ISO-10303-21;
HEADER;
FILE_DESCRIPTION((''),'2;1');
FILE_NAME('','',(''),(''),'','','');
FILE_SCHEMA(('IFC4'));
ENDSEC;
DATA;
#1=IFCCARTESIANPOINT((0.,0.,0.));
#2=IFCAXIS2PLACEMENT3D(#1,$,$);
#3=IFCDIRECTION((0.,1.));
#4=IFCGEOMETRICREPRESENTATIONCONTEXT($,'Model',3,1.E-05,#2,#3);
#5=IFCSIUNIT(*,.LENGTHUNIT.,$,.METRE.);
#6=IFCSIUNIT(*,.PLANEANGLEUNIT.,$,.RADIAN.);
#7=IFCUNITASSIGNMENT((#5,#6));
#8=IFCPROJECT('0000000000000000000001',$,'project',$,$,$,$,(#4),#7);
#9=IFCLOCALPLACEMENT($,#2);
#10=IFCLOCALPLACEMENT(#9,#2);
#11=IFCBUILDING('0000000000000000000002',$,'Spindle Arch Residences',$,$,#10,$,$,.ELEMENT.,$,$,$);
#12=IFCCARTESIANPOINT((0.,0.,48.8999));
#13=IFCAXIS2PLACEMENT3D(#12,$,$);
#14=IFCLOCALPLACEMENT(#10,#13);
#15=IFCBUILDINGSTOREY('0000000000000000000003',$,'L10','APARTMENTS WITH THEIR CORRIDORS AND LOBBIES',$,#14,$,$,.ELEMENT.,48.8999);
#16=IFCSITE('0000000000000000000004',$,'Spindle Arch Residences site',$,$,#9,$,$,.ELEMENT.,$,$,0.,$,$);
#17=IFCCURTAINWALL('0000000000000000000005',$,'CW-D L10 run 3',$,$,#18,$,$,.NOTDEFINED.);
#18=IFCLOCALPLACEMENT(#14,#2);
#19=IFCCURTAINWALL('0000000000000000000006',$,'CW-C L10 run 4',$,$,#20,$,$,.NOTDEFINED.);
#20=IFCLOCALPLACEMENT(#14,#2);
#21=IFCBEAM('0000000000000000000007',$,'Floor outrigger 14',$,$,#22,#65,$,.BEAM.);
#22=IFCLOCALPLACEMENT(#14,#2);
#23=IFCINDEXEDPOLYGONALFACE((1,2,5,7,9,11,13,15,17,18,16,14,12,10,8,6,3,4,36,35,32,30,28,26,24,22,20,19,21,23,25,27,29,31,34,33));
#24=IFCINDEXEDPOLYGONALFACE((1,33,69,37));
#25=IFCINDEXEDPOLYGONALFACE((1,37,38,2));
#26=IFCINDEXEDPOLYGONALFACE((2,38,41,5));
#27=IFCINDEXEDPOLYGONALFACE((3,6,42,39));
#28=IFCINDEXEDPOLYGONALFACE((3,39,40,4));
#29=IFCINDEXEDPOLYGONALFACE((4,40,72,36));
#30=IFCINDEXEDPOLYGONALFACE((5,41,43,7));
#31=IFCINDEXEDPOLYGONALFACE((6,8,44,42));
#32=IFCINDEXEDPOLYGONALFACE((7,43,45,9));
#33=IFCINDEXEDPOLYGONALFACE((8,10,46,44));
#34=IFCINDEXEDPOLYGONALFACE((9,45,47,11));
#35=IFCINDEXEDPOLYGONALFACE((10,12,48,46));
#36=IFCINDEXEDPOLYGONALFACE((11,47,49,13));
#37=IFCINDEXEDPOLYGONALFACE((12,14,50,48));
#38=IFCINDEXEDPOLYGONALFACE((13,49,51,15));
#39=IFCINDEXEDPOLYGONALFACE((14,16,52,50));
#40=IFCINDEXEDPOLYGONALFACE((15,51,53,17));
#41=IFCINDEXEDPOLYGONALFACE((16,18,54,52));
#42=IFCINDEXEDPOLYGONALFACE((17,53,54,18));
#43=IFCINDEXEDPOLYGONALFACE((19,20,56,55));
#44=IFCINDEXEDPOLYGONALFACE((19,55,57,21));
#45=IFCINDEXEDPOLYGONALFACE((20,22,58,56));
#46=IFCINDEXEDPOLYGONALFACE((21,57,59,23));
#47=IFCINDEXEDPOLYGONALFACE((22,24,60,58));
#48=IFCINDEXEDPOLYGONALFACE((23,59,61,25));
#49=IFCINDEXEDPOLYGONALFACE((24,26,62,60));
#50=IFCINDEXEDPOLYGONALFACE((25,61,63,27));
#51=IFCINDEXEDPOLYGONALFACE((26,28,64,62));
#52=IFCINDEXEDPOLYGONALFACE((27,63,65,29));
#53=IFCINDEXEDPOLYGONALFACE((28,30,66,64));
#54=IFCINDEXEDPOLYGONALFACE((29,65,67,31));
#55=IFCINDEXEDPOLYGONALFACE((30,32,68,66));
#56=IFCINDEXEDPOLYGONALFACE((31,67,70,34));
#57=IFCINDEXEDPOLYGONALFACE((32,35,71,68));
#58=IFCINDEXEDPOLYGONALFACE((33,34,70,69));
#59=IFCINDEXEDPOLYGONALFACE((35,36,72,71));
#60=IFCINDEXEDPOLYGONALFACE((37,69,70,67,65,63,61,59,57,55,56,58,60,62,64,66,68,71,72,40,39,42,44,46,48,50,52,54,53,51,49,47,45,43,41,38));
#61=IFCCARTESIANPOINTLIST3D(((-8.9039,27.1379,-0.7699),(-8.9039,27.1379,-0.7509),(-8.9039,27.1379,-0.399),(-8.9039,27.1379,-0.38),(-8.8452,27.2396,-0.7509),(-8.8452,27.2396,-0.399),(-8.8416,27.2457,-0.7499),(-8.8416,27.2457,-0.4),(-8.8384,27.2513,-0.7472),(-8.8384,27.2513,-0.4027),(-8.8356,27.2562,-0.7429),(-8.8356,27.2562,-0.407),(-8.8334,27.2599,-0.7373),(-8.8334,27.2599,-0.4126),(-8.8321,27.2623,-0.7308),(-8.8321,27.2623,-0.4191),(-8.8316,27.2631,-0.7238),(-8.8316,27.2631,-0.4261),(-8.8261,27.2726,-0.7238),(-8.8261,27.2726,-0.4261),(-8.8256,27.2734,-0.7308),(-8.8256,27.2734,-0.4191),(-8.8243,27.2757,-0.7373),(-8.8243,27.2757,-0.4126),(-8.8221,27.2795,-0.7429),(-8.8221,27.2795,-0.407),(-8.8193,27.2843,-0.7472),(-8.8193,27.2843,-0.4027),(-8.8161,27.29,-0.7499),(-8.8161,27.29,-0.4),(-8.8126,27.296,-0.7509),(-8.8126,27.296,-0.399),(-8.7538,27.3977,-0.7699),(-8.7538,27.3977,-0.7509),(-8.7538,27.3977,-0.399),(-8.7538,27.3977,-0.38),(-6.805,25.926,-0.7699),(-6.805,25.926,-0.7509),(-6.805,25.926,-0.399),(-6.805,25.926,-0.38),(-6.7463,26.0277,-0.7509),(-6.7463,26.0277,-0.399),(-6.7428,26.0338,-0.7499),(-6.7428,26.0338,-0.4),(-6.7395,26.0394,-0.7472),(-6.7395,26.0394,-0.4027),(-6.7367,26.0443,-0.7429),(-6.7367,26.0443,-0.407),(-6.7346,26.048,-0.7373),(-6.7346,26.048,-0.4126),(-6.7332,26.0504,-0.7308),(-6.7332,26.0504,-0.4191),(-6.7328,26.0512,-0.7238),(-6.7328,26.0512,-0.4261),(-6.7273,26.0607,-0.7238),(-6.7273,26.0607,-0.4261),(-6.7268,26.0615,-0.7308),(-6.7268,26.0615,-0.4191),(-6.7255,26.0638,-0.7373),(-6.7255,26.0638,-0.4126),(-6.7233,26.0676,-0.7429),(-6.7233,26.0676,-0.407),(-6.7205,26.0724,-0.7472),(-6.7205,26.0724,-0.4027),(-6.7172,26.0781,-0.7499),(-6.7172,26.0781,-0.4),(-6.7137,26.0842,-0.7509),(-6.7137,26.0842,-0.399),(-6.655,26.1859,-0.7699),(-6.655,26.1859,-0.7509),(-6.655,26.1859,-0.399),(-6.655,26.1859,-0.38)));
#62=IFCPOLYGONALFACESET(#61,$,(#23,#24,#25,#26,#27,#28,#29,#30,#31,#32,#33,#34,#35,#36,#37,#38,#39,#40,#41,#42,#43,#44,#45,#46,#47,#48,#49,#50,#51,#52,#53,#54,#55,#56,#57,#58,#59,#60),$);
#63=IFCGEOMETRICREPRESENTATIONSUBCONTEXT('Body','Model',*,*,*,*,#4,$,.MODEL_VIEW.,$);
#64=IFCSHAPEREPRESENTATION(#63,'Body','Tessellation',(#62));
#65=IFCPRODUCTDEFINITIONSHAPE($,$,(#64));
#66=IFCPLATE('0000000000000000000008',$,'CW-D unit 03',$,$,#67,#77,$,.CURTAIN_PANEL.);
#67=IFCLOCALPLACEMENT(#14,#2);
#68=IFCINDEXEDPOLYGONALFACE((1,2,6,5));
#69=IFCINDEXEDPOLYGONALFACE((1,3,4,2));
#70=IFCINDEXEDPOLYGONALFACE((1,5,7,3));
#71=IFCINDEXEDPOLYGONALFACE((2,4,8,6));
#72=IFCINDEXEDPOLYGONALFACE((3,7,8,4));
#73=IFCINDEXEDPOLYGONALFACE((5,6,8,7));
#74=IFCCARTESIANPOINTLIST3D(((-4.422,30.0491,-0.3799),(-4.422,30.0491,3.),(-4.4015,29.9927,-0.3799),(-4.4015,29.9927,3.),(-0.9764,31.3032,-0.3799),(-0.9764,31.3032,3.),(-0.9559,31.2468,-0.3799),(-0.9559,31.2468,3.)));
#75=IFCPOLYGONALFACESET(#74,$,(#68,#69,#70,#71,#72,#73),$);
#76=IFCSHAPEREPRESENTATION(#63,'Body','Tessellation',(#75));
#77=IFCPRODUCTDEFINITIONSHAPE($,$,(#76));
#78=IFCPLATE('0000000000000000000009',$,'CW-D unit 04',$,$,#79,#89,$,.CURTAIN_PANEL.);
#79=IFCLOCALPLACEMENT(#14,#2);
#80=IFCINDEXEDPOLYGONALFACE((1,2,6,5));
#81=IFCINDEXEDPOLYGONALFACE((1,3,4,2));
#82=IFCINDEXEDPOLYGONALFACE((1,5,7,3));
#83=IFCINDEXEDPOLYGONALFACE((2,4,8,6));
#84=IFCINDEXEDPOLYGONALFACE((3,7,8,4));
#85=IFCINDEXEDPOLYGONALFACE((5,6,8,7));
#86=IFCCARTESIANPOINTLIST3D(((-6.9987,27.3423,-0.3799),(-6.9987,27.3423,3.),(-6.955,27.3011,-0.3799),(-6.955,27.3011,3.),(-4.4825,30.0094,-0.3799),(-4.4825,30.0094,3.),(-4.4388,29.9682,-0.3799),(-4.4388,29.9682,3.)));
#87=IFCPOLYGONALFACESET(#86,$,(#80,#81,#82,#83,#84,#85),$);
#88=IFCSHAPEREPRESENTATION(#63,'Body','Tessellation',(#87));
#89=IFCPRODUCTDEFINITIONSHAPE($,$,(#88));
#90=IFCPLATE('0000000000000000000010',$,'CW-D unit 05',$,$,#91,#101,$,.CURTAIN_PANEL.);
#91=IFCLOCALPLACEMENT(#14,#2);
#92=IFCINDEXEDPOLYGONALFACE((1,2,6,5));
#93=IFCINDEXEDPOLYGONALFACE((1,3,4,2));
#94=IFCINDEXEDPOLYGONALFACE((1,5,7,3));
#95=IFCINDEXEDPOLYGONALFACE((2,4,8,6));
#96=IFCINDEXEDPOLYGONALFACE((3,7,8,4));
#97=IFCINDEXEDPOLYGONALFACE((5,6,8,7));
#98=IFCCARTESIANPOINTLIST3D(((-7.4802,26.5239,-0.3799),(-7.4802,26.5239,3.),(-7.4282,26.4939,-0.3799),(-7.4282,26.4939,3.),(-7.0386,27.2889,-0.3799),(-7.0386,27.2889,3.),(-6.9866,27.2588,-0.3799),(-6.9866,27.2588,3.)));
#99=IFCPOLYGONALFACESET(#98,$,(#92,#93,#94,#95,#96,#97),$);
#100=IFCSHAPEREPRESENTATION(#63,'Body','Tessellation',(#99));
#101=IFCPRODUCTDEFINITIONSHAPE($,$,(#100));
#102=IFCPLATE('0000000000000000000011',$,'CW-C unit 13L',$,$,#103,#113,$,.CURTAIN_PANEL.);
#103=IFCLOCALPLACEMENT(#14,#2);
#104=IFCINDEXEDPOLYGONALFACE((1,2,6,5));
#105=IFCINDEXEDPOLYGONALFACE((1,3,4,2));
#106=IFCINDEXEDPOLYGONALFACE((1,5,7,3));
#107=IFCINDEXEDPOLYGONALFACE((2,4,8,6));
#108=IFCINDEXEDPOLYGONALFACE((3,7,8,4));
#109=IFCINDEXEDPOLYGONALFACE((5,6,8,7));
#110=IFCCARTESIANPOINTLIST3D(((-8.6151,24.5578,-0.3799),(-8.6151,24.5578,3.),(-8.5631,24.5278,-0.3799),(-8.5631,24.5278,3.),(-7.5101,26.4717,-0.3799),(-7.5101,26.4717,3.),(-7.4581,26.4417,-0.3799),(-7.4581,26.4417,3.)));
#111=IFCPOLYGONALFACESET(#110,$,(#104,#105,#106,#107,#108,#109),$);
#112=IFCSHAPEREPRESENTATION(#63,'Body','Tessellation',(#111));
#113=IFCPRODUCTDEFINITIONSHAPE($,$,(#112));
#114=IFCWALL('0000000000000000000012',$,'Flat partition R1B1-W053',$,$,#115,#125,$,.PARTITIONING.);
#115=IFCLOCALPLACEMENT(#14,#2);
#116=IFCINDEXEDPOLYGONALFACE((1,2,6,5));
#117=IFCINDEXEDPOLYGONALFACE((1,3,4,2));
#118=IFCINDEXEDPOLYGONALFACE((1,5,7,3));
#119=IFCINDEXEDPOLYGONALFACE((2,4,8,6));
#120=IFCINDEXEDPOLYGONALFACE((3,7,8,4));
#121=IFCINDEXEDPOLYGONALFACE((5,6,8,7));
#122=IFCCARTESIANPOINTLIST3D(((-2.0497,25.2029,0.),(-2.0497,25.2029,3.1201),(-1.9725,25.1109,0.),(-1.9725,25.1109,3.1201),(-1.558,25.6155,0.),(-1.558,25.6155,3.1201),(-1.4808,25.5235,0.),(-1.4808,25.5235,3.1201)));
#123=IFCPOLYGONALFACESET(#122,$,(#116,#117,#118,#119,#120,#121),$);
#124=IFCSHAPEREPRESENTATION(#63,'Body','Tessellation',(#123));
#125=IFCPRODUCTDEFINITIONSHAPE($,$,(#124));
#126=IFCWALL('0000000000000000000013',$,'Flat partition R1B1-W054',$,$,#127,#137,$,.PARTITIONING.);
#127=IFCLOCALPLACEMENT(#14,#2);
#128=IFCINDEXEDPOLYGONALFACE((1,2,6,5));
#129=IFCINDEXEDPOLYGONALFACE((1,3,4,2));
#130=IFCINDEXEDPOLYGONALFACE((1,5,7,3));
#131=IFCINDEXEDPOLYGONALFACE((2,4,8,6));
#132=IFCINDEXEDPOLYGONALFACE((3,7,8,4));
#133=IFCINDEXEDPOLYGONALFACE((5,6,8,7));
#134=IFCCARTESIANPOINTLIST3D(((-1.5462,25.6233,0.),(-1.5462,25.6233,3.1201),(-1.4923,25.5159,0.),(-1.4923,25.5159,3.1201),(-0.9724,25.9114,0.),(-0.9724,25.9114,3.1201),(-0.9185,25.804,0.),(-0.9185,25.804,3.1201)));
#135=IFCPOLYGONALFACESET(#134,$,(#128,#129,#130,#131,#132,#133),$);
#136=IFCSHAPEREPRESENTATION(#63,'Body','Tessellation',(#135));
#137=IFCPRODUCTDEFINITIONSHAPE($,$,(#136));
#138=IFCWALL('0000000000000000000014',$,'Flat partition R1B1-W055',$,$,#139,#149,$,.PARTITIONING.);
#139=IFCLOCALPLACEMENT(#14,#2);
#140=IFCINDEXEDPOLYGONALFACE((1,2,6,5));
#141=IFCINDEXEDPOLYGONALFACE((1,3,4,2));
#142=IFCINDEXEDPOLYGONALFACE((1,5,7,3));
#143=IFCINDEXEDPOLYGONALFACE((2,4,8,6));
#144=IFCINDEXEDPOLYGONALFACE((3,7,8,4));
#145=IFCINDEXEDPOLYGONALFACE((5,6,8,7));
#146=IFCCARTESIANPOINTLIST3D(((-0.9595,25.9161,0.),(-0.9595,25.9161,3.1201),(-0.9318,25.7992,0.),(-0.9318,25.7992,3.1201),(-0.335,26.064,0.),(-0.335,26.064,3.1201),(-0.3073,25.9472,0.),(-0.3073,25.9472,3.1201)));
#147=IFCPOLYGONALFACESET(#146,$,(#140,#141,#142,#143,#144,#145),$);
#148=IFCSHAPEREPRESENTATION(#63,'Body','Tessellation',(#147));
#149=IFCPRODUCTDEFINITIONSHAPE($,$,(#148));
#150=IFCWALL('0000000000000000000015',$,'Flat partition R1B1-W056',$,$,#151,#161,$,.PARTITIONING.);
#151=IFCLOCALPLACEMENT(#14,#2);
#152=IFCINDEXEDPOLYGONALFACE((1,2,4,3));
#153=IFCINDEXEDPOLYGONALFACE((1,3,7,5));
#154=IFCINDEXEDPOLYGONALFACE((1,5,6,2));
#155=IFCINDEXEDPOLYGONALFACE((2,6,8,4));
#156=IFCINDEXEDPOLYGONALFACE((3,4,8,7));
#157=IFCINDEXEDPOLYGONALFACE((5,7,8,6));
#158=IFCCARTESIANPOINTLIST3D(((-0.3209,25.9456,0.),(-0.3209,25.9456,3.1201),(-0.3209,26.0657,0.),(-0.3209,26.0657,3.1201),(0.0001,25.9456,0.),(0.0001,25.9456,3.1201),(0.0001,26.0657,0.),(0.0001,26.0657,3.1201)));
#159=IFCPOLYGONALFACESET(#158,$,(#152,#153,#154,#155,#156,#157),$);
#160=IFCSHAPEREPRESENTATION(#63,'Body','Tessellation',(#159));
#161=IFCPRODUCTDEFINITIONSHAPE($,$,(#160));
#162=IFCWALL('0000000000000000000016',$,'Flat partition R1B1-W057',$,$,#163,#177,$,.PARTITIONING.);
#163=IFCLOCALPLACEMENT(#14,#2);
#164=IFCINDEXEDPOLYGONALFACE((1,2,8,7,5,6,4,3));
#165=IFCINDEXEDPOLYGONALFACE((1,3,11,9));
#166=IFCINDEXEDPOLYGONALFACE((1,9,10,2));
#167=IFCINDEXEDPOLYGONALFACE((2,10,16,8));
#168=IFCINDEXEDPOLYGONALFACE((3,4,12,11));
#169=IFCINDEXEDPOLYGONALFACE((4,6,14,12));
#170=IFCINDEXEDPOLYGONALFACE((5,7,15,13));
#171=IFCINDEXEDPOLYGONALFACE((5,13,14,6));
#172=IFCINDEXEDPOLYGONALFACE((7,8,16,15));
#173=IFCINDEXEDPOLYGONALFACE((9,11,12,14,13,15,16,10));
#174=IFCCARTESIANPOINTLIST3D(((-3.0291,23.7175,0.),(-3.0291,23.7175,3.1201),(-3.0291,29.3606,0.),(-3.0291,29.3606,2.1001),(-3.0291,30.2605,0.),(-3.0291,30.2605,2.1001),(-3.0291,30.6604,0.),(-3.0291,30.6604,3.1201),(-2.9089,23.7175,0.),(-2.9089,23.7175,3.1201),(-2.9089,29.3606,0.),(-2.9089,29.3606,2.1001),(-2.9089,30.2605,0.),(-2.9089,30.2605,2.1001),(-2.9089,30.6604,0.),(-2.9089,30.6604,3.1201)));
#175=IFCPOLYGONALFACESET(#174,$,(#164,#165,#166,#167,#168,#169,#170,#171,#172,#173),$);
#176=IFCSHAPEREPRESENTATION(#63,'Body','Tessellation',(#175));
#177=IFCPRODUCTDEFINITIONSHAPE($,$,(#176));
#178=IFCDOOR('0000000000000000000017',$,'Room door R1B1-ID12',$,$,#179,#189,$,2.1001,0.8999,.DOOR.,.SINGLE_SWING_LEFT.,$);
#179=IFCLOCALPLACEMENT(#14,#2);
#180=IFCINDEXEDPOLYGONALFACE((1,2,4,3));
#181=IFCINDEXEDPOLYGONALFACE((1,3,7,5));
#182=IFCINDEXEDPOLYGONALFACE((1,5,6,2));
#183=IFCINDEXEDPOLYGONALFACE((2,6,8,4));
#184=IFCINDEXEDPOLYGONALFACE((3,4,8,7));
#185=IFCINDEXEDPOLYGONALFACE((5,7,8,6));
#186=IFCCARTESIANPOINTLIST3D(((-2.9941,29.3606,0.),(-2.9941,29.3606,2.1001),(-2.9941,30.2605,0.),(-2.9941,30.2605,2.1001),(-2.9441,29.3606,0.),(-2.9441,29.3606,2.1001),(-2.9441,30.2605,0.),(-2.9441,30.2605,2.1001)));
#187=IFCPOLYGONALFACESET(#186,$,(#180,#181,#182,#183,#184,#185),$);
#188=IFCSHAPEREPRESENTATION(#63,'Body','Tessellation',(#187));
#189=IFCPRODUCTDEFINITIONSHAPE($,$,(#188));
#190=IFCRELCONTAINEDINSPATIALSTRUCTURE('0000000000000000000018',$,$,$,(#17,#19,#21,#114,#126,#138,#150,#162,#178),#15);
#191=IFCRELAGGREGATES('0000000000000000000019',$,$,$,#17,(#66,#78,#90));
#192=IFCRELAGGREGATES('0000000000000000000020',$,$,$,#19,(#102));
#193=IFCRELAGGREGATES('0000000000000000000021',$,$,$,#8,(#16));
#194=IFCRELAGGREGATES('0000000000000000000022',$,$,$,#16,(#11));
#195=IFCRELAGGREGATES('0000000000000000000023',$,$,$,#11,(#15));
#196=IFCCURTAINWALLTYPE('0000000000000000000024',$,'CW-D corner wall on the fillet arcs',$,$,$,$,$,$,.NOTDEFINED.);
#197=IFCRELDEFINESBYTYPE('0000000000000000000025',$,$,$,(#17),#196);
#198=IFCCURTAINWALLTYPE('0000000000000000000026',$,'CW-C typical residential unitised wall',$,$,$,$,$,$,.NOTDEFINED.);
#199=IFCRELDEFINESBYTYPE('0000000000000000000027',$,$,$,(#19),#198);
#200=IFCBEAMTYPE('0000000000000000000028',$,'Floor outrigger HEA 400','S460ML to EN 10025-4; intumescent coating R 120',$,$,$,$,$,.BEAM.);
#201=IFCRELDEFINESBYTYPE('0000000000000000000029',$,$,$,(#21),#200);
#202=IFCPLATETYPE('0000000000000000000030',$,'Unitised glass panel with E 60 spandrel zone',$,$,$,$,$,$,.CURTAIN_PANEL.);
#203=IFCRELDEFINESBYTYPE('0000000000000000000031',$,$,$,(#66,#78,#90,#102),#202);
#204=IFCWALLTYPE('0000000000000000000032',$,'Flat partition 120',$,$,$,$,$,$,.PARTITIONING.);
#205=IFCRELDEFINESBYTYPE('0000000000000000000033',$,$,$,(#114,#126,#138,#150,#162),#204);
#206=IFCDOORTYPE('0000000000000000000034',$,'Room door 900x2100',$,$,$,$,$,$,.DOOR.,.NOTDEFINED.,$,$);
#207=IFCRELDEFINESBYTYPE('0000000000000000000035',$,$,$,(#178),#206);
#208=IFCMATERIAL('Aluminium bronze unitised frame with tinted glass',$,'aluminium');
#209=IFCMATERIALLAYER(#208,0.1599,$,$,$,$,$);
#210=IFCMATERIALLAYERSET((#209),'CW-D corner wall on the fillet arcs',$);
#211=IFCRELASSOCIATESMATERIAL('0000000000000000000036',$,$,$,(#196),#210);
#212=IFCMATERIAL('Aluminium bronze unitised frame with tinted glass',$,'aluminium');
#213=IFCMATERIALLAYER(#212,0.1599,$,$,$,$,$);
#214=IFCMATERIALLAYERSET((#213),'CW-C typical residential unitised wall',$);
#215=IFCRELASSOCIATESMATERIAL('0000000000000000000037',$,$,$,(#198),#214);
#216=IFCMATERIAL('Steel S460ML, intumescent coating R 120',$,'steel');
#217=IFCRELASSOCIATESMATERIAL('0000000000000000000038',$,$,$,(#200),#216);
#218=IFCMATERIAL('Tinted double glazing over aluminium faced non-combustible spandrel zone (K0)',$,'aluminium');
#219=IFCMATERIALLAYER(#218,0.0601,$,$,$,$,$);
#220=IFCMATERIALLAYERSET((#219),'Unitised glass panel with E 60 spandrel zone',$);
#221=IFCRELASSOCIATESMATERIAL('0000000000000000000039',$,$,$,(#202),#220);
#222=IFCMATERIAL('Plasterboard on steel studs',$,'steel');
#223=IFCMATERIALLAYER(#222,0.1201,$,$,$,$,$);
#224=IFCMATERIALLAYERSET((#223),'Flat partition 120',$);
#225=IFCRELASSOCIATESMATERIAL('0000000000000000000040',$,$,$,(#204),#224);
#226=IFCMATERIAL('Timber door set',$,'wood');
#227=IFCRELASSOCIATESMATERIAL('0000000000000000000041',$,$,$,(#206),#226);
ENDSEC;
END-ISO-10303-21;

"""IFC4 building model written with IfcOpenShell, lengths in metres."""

from ifc_helpers import new_model, si_unit, direction, frame, frame_2d, origin, origin_2d, place, context, subcontext, project, spatial, rectangle, i_section, extrude, material, layer, layer_set, material_profile, profile_set, type_object, element, fill, aggregate, save


model = new_model("IFC4")

# Units and contexts
model_context = context("Model", 3, precision=1e-05, world=origin(), true_north=direction((0.0, 1.0)))
body_context = subcontext(model_context, "Body", "Model", "MODEL_VIEW")
ifc_project = project(units=[si_unit("LENGTHUNIT", "METRE"), si_unit("PLANEANGLEUNIT", "RADIAN")], contexts=[model_context])

# Site, building, storey
site_placement = place(None, origin())
site = spatial("IfcSite", under=ifc_project, at=site_placement, Name="Spindle Arch Residences site", CompositionType="ELEMENT", RefElevation=0.0)
building_placement = place(site_placement, origin())
building = spatial("IfcBuilding", under=site, at=building_placement, Name="Spindle Arch Residences", CompositionType="ELEMENT")
storey_placement = place(building_placement, frame((0.0, 0.0, 48.8999)))
storey = spatial("IfcBuildingStorey", under=building, at=storey_placement, Name="L10", Description="APARTMENTS WITH THEIR CORRIDORS AND LOBBIES", CompositionType="ELEMENT", Elevation=48.8999)

# Curtain wall
ifc_material_1 = material(Name="Aluminium bronze unitised frame with tinted glass", Category="aluminium")
ifc_layer_1 = layer(ifc_material_1, 0.1599)
ifc_layer_set_1 = layer_set([ifc_layer_1], Name="CW-D corner wall on the fillet arcs")
curtain_wall_type_1 = type_object("IfcCurtainWallType", Name="CW-D corner wall on the fillet arcs", PredefinedType="NOTDEFINED", material=ifc_layer_set_1)
curtain_wall_1_placement = place(storey_placement, origin())
curtain_wall_1 = element("IfcCurtainWall", 1, at=curtain_wall_1_placement, inside=storey, type_object=curtain_wall_type_1, Name="CW-D L10 run 3", PredefinedType="NOTDEFINED")

# Curtain wall
ifc_material_2 = material(Name="Aluminium bronze unitised frame with tinted glass", Category="aluminium")
ifc_layer_2 = layer(ifc_material_2, 0.1599)
ifc_layer_set_2 = layer_set([ifc_layer_2], Name="CW-C typical residential unitised wall")
curtain_wall_type_2 = type_object("IfcCurtainWallType", Name="CW-C typical residential unitised wall", PredefinedType="NOTDEFINED", material=ifc_layer_set_2)
curtain_wall_2_placement = place(storey_placement, origin())
curtain_wall_2 = element("IfcCurtainWall", 2, at=curtain_wall_2_placement, inside=storey, type_object=curtain_wall_type_2, Name="CW-C L10 run 4", PredefinedType="NOTDEFINED")

# Beam
ifc_material_3 = material(Name="Steel S460ML, intumescent coating R 120", Category="steel")
ifc_material_profile_1 = material_profile(ifc_material_3, i_section(OverallWidth=0.3, OverallDepth=0.3899, WebThickness=0.011, FlangeThickness=0.019, FilletRadius=0.0271, at=origin_2d()), Name="HEA 400")
ifc_profile_set_1 = profile_set([ifc_material_profile_1], Name="Steel S460ML, intumescent coating R 120")
beam_type_1 = type_object("IfcBeamType", Name="Floor outrigger HEA 400", Description="S460ML to EN 10025-4; intumescent coating R 120", PredefinedType="BEAM", material=ifc_profile_set_1)
beam_1_placement = place(storey_placement, frame((-8.8289, 27.2678, -0.575), z_axis=(0.866003, -0.500039, 0.0), x_axis=(0.500039, 0.866003, 0.0)))
element("IfcBeam", 3, at=beam_1_placement, inside=storey, type_object=beam_type_1, Name="Floor outrigger 14", PredefinedType="BEAM", context=body_context, shape_type="SweptSolid", body=[
    extrude(i_section(OverallWidth=0.3, OverallDepth=0.3899, WebThickness=0.011, FlangeThickness=0.019, FilletRadius=0.0271, at=origin_2d()), origin(), (0.0, 0.0, 1.0), 2.4236),
])

# Plates
ifc_material_4 = material(Name="Tinted double glazing over aluminium faced non-combustible spandrel zone (K0)", Category="aluminium")
ifc_layer_3 = layer(ifc_material_4, 0.0601)
ifc_layer_set_3 = layer_set([ifc_layer_3], Name="Unitised glass panel with E 60 spandrel zone")
plate_type = type_object("IfcPlateType", Name="Unitised glass panel with E 60 spandrel zone", PredefinedType="CURTAIN_PANEL", material=ifc_layer_set_3)
plate_1_placement = place(storey_placement, frame((-2.689, 30.6479, -0.3799), z_axis=(0.0, 0.0, 1.0), x_axis=(-0.939693, -0.34202, 0.0)))
plate_1 = element("IfcPlate", 4, at=plate_1_placement, type_object=plate_type, Name="CW-D unit 03", PredefinedType="CURTAIN_PANEL", context=body_context, shape_type="SweptSolid", body=[
    extrude(rectangle(XDim=3.6667, YDim=0.0601, at=origin_2d()), origin(), (0.0, 0.0, 1.0), 3.3799),
])
plate_2_placement = place(storey_placement, frame((-5.7188, 28.6553, -0.3799), z_axis=(0.0, 0.0, 1.0), x_axis=(-0.686242, -0.727374, 0.0)))
plate_2 = element("IfcPlate", 5, at=plate_2_placement, type_object=plate_type, Name="CW-D unit 04", PredefinedType="CURTAIN_PANEL", context=body_context, shape_type="SweptSolid", body=[
    extrude(rectangle(XDim=3.6667, YDim=0.0601, at=origin_2d()), origin(), (0.0, 0.0, 1.0), 3.3799),
])
plate_3_placement = place(storey_placement, frame((-7.2334, 26.8914, -0.3799), z_axis=(0.0, 0.0, 1.0), x_axis=(-0.5, -0.866025, 0.0)))
plate_3 = element("IfcPlate", 6, at=plate_3_placement, type_object=plate_type, Name="CW-D unit 05", PredefinedType="CURTAIN_PANEL", context=body_context, shape_type="SweptSolid", body=[
    extrude(rectangle(XDim=0.8833, YDim=0.0601, at=origin_2d()), origin(), (0.0, 0.0, 1.0), 3.3799),
])
aggregate(curtain_wall_1, [plate_1, plate_2, plate_3])
plate_4_placement = place(storey_placement, frame((-8.0366, 25.4998, -0.3799), z_axis=(0.0, 0.0, 1.0), x_axis=(-0.5, -0.866025, 0.0)))
plate_4 = element("IfcPlate", 7, at=plate_4_placement, type_object=plate_type, Name="CW-C unit 13L", PredefinedType="CURTAIN_PANEL", context=body_context, shape_type="SweptSolid", body=[
    extrude(rectangle(XDim=2.21, YDim=0.0601, at=origin_2d()), origin(), (0.0, 0.0, 1.0), 3.3799),
])
aggregate(curtain_wall_2, [plate_4])

# Walls
ifc_material_5 = material(Name="Plasterboard on steel studs", Category="steel")
ifc_layer_4 = layer(ifc_material_5, 0.1201)
ifc_layer_set_4 = layer_set([ifc_layer_4], Name="Flat partition 120")
wall_type_1 = type_object("IfcWallType", Name="Flat partition 120", PredefinedType="PARTITIONING", material=ifc_layer_set_4)
wall_1_placement = place(storey_placement, frame((-2.011, 25.157, 0.0), z_axis=(0.0, 0.0, 1.0), x_axis=(0.766034, 0.6428, 0.0)))
element("IfcWall", 8, at=wall_1_placement, inside=storey, type_object=wall_type_1, Name="Flat partition R1B1-W053", PredefinedType="PARTITIONING", context=body_context, shape_type="SweptSolid", body=[
    extrude(rectangle(XDim=0.6418, YDim=0.1201, at=frame_2d((0.3208, 0.0))), origin(), (0.0, 0.0, 1.0), 3.1201),
])
wall_2_placement = place(storey_placement, frame((-1.5193, 25.5696, 0.0), z_axis=(0.0, 0.0, 1.0), x_axis=(0.893665, 0.448734, 0.0)))
element("IfcWall", 9, at=wall_2_placement, inside=storey, type_object=wall_type_1, Name="Flat partition R1B1-W054", PredefinedType="PARTITIONING", context=body_context, shape_type="SweptSolid", body=[
    extrude(rectangle(XDim=0.6421, YDim=0.1201, at=frame_2d((0.321, 0.0))), origin(), (0.0, 0.0, 1.0), 3.1201),
])
wall_3_placement = place(storey_placement, frame((-0.9456, 25.8577, 0.0), z_axis=(0.0, 0.0, 1.0), x_axis=(0.973067, 0.230523, 0.0)))
element("IfcWall", 10, at=wall_3_placement, inside=storey, type_object=wall_type_1, Name="Flat partition R1B1-W055", PredefinedType="PARTITIONING", context=body_context, shape_type="SweptSolid", body=[
    extrude(rectangle(XDim=0.6418, YDim=0.1201, at=frame_2d((0.3208, 0.0))), origin(), (0.0, 0.0, 1.0), 3.1201),
])
wall_4_placement = place(storey_placement, frame((-0.321, 26.0056, 0.0), z_axis=(0.0, 0.0, 1.0), x_axis=(1.0, 0.0, 0.0)))
element("IfcWall", 11, at=wall_4_placement, inside=storey, type_object=wall_type_1, Name="Flat partition R1B1-W056", PredefinedType="PARTITIONING", context=body_context, shape_type="SweptSolid", body=[
    extrude(rectangle(XDim=0.321, YDim=0.1201, at=frame_2d((0.1606, 0.0))), origin(), (0.0, 0.0, 1.0), 3.1201),
])

# Wall, opening, door
wall_5_placement = place(storey_placement, frame((-2.969, 30.6604, 0.0), z_axis=(0.0, 0.0, 1.0), x_axis=(0.0, -1.0, 0.0)))
wall_5 = element("IfcWall", 12, at=wall_5_placement, inside=storey, type_object=wall_type_1, Name="Flat partition R1B1-W057", PredefinedType="PARTITIONING", context=body_context, shape_type="SweptSolid", body=[
    extrude(rectangle(XDim=6.9429, YDim=0.1201, at=frame_2d((3.4714, 0.0))), origin(), (0.0, 0.0, 1.0), 3.1201),
])
opening_1_placement = place(wall_5_placement, frame((0.3999, 0.0, 0.0)))
opening_1 = element("IfcOpeningElement", 13, at=opening_1_placement, cuts=wall_5, PredefinedType="OPENING", context=body_context, shape_type="SweptSolid", body=[
    extrude(rectangle(XDim=0.8999, YDim=2.1001, at=frame_2d((0.45, 1.05))), frame((0.0, 0.0701, 0.0), z_axis=(0.0, -1.0, 0.0), x_axis=(1.0, 0.0, 0.0)), (0.0, 0.0, 1.0), 0.1401),
])
ifc_material_6 = material(Name="Timber door set", Category="wood")
door_type_1 = type_object("IfcDoorType", Name="Room door 900x2100", OperationType="NOTDEFINED", PredefinedType="DOOR", material=ifc_material_6)
door_1_placement = place(opening_1_placement, origin())
door_1 = element("IfcDoor", 14, at=door_1_placement, inside=storey, type_object=door_type_1, Name="Room door R1B1-ID12", OperationType="SINGLE_SWING_LEFT", OverallHeight=2.1001, OverallWidth=0.8999, PredefinedType="DOOR", context=body_context, shape_type="SweptSolid", body=[
    extrude(rectangle(XDim=0.8999, YDim=2.1001, at=frame_2d((0.45, 1.05))), frame((0.0, 0.0249, 0.0), z_axis=(0.0, -1.0, 0.0), x_axis=(1.0, 0.0, 0.0)), (0.0, 0.0, 1.0), 0.05),
])
fill(opening_1, door_1)

save(model, "model.ifc")
